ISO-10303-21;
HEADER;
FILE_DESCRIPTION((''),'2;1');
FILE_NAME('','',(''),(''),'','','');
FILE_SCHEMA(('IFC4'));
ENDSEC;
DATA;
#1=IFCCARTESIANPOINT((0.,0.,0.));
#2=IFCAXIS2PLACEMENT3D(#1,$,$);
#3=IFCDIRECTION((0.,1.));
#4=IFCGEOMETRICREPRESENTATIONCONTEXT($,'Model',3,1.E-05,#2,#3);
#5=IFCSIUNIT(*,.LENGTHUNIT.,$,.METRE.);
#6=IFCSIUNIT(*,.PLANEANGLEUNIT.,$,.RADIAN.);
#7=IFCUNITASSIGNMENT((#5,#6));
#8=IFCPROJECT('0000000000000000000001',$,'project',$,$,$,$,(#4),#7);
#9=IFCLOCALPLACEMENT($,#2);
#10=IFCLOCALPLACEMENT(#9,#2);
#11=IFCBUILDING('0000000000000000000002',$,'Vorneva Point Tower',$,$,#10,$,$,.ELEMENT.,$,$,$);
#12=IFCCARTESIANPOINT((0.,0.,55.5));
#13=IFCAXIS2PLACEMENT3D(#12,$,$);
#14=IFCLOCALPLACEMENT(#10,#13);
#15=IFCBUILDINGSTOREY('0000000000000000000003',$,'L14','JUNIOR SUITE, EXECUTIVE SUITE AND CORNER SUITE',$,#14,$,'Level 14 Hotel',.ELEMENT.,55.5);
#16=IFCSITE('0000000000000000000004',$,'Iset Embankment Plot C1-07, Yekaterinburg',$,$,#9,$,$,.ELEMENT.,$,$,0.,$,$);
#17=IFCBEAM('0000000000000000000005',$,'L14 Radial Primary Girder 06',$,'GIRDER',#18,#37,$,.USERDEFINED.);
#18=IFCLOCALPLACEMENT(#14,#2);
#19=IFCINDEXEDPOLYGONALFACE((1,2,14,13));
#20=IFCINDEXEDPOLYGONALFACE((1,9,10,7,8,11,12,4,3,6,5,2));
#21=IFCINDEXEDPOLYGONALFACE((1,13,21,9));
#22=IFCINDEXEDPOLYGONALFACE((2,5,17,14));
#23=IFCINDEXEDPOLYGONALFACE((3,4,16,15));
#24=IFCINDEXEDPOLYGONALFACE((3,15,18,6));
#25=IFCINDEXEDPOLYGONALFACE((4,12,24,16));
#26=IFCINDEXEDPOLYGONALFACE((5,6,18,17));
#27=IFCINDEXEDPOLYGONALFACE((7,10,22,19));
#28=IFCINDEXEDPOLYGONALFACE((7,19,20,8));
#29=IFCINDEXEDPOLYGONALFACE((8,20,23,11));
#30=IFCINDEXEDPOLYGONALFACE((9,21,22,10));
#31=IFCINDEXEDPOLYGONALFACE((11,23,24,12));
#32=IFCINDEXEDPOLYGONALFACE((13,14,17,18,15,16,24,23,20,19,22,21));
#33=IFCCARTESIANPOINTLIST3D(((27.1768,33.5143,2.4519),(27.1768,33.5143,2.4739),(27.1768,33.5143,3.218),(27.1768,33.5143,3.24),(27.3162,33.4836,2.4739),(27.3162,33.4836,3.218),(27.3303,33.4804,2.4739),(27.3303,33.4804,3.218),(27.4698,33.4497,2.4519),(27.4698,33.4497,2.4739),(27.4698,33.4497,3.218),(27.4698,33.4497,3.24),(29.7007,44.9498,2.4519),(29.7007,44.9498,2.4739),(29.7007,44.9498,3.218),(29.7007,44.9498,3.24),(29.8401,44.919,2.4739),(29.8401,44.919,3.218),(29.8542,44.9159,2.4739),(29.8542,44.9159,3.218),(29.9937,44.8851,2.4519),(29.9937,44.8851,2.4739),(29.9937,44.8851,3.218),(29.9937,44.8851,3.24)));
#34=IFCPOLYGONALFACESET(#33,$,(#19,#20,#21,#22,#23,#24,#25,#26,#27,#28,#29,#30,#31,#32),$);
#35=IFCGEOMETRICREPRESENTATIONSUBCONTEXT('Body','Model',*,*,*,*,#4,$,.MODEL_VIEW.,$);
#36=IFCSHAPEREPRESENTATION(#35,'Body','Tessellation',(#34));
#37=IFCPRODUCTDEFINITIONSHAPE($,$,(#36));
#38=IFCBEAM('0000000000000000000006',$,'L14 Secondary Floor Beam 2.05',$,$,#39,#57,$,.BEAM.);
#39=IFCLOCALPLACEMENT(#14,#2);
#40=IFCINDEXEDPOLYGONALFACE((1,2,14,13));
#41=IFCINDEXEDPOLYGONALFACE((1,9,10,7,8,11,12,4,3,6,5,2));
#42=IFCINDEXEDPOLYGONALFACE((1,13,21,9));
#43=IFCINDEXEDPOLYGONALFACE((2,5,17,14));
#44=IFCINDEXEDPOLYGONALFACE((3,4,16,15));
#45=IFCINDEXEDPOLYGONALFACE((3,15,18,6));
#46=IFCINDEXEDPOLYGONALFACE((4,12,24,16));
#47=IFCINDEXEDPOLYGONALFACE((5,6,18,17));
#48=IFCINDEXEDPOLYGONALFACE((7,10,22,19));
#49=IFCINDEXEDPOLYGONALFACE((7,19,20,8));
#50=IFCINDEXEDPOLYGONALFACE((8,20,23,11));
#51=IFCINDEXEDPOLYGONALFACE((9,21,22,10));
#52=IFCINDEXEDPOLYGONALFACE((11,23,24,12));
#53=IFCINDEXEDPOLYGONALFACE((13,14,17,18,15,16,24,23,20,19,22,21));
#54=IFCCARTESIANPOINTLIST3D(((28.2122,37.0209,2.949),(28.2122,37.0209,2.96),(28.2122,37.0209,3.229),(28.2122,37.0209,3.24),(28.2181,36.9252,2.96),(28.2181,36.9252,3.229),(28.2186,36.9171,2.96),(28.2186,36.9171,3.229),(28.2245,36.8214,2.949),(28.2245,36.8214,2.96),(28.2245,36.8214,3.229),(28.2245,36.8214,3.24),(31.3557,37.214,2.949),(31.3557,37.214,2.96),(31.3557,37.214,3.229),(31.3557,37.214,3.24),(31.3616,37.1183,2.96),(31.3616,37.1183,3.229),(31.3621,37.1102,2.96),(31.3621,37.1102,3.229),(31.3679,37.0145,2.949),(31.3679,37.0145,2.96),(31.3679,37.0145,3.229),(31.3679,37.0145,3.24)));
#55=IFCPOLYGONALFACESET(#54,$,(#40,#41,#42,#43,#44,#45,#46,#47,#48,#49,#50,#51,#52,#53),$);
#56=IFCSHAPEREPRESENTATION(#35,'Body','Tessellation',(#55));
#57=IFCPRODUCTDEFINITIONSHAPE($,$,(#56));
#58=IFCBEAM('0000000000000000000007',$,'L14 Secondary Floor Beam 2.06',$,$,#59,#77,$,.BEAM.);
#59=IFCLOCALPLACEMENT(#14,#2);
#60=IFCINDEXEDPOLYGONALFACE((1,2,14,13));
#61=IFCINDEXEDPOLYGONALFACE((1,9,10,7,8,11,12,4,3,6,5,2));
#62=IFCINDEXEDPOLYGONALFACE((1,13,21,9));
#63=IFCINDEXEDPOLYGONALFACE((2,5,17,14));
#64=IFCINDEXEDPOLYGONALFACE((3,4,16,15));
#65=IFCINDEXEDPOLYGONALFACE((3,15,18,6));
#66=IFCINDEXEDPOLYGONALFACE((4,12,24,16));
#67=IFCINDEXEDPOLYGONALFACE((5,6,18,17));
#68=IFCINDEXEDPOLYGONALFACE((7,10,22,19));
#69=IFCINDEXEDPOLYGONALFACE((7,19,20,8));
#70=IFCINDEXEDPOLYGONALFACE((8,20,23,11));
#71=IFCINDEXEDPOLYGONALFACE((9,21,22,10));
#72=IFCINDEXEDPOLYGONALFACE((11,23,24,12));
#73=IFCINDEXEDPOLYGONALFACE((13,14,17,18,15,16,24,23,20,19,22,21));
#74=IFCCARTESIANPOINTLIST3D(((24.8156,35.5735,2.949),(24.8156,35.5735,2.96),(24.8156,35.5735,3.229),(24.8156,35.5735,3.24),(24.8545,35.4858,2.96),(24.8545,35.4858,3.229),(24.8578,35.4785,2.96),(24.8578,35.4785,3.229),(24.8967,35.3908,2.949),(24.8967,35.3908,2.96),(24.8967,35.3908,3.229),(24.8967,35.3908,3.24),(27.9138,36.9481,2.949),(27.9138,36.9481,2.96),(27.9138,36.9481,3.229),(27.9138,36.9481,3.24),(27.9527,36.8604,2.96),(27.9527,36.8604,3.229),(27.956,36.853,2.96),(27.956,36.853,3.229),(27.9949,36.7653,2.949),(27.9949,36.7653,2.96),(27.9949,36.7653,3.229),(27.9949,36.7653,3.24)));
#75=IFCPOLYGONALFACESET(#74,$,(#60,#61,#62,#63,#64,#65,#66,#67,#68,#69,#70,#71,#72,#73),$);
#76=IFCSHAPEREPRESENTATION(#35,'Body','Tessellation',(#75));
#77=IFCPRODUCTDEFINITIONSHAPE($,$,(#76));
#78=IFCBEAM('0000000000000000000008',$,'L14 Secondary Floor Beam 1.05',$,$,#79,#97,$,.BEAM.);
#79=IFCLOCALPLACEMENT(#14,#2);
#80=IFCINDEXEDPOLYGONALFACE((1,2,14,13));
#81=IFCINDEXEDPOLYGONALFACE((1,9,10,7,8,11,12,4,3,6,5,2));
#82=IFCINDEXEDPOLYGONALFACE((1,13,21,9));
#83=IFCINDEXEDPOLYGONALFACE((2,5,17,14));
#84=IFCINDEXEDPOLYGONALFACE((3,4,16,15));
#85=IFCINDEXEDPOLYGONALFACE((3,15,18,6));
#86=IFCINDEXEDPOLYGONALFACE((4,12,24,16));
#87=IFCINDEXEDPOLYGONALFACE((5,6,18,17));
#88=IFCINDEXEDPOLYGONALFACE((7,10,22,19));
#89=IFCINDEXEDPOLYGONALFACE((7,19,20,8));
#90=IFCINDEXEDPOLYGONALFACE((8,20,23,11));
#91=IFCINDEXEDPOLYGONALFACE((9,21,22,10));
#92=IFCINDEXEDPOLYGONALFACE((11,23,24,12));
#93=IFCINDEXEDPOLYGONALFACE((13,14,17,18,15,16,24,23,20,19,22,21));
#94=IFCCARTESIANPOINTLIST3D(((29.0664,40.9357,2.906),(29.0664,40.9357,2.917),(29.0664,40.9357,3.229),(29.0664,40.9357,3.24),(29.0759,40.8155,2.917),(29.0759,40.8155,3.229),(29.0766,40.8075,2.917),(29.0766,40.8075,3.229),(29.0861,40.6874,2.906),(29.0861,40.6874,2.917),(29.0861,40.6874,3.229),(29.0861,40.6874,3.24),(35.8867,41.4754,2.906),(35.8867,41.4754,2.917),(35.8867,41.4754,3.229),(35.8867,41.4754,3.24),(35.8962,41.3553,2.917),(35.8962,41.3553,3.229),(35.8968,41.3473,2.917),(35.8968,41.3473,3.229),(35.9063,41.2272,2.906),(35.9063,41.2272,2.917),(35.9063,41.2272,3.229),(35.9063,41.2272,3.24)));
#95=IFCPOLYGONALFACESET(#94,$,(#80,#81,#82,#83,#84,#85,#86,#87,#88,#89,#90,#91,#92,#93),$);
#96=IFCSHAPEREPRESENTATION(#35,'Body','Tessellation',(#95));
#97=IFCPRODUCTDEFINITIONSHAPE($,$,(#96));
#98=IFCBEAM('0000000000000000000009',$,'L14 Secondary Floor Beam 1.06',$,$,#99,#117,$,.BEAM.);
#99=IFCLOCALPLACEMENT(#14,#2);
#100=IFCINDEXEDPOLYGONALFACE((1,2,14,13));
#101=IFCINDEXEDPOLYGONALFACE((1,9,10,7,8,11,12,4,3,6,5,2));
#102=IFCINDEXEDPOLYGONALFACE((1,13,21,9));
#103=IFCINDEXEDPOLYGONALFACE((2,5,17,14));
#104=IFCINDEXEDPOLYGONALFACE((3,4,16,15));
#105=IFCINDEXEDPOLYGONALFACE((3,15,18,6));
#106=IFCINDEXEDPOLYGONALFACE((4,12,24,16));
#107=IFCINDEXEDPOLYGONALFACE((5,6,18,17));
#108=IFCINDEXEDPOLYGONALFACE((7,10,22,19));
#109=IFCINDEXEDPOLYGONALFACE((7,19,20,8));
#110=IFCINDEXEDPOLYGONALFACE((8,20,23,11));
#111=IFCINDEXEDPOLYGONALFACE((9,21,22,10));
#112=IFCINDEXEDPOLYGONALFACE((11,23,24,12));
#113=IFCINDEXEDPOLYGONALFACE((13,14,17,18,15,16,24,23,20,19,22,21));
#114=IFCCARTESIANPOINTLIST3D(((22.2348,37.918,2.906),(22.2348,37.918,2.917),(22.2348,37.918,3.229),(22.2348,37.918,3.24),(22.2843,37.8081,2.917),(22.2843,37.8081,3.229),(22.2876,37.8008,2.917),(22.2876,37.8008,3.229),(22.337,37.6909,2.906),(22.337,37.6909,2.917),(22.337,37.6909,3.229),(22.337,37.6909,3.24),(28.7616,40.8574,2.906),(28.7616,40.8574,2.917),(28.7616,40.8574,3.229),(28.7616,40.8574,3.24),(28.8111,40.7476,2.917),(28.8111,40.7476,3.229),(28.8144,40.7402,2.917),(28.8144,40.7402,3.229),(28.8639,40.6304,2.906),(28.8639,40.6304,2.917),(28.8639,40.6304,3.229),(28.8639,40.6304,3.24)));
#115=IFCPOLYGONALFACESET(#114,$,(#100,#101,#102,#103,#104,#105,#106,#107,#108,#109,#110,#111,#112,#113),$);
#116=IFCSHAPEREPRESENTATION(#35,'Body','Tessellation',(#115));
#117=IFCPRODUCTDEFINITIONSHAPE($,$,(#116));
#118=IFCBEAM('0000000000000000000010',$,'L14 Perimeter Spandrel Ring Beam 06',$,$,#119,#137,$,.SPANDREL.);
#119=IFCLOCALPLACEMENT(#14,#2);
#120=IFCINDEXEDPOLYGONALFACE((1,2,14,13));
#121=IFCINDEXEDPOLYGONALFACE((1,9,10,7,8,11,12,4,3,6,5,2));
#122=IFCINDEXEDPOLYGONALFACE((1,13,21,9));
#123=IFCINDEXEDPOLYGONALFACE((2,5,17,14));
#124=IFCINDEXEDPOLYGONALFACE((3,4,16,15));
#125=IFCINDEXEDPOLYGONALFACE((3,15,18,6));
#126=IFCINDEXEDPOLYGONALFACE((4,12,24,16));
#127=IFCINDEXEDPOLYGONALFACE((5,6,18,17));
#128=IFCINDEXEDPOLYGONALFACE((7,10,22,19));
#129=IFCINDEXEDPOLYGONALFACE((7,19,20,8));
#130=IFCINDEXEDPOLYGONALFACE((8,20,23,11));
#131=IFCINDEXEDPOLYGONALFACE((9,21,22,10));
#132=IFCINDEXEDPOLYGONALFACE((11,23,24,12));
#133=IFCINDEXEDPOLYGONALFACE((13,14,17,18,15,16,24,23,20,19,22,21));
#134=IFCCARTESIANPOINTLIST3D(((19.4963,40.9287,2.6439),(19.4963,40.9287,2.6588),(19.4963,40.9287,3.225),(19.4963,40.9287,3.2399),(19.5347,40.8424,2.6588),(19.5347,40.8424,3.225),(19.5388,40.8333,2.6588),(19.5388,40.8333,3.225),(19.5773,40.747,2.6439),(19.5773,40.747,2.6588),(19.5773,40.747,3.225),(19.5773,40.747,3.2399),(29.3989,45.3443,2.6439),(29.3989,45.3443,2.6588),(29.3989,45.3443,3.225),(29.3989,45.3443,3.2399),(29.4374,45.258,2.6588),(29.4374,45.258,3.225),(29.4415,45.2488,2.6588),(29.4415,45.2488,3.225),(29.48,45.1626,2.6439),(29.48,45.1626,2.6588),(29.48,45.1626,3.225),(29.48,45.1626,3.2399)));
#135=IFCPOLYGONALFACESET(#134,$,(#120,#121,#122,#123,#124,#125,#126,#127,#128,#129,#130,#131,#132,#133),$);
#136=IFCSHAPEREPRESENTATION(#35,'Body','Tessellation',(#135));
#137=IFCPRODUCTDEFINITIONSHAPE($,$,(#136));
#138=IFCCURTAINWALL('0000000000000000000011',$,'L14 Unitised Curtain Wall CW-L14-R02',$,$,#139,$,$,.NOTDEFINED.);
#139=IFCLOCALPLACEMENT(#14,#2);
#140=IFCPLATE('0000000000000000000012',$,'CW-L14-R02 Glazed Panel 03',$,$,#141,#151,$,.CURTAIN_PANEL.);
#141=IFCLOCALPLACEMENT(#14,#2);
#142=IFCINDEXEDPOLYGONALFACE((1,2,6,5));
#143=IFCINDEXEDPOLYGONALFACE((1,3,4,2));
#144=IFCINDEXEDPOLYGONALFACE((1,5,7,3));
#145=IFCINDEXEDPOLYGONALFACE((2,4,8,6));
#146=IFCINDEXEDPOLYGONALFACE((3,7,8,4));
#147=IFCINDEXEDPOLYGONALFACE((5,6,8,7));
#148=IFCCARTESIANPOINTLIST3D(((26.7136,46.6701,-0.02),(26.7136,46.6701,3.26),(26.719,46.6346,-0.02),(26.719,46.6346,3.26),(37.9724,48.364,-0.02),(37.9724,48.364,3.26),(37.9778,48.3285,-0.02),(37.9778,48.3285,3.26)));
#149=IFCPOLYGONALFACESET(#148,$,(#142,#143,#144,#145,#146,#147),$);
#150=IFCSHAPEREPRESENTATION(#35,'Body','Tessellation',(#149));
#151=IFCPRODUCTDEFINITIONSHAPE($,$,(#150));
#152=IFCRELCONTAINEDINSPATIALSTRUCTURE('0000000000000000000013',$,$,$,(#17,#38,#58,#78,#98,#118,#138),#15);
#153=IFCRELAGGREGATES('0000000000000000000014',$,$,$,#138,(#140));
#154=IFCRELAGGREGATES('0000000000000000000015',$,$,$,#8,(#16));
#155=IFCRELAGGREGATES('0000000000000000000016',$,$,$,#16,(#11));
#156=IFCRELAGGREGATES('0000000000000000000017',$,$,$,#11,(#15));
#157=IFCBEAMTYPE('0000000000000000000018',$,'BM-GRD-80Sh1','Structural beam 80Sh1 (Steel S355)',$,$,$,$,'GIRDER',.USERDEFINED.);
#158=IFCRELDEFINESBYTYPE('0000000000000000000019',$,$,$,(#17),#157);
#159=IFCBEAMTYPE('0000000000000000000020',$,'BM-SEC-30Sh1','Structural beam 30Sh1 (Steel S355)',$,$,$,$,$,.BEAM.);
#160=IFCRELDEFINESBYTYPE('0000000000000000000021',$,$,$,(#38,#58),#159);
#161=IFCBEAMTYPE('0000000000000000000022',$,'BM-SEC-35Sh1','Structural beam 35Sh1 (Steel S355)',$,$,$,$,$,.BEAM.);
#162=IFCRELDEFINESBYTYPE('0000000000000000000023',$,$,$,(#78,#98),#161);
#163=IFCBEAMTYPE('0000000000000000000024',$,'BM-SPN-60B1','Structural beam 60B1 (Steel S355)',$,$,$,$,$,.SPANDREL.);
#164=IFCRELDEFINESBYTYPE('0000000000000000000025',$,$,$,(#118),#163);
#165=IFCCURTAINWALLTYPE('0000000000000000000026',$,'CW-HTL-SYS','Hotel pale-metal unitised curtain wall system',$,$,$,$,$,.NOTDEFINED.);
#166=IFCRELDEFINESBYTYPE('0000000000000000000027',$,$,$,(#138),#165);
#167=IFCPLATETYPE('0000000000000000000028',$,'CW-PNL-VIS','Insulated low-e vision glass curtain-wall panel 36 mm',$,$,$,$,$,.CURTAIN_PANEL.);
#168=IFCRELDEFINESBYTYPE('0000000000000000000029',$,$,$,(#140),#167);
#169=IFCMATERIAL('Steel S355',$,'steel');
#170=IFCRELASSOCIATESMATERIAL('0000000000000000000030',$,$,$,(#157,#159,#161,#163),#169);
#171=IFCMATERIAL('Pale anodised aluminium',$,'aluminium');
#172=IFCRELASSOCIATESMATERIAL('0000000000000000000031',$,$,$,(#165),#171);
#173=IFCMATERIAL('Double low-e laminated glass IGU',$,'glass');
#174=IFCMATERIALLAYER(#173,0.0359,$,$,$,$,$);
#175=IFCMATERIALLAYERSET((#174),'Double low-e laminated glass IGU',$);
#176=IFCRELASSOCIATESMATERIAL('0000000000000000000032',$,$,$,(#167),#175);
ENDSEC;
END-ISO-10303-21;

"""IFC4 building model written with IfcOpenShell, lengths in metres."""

from ifc_helpers import new_model, si_unit, direction, frame, origin, origin_2d, place, context, subcontext, project, spatial, rectangle, i_section, extrude, material, layer, layer_set, material_profile, profile_set, type_object, element, aggregate, save


model = new_model("IFC4")

# Units and contexts
model_context = context("Model", 3, precision=1e-05, world=origin(), true_north=direction((0.0, 1.0)))
body_context = subcontext(model_context, "Body", "Model", "MODEL_VIEW")
ifc_project = project(units=[si_unit("LENGTHUNIT", "METRE"), si_unit("PLANEANGLEUNIT", "RADIAN")], contexts=[model_context])

# Site, building, storey
site_placement = place(None, origin())
site = spatial("IfcSite", under=ifc_project, at=site_placement, Name="Iset Embankment Plot C1-07, Yekaterinburg", CompositionType="ELEMENT", RefElevation=0.0)
building_placement = place(site_placement, origin())
building = spatial("IfcBuilding", under=site, at=building_placement, Name="Vorneva Point Tower", CompositionType="ELEMENT")
storey_placement = place(building_placement, frame((0.0, 0.0, 55.5)))
storey = spatial("IfcBuildingStorey", under=building, at=storey_placement, Name="L14", Description="JUNIOR SUITE, EXECUTIVE SUITE AND CORNER SUITE", LongName="Level 14 Hotel", CompositionType="ELEMENT", Elevation=55.5)

# Beams
ifc_material_1 = material(Name="Steel S355", Category="steel")
ifc_material_profile_1 = material_profile(ifc_material_1, i_section(OverallWidth=0.3, OverallDepth=0.7881, WebThickness=0.0144, FlangeThickness=0.022, at=origin_2d()), Name="80Sh1")
ifc_profile_set_1 = profile_set([ifc_material_profile_1], Name="Steel S355")
beam_type_1 = type_object("IfcBeamType", Name="BM-GRD-80Sh1", Description="Structural beam 80Sh1 (Steel S355)", ElementType="GIRDER", PredefinedType="USERDEFINED", material=ifc_profile_set_1)
beam_1_placement = place(storey_placement, frame((29.8472, 44.9175, 2.8459), z_axis=(-0.215522, -0.976499, 0.0), x_axis=(0.976499, -0.215522, 0.0)))
element("IfcBeam", 1, at=beam_1_placement, inside=storey, type_object=beam_type_1, Name="L14 Radial Primary Girder 06", ObjectType="GIRDER", PredefinedType="USERDEFINED", context=body_context, shape_type="SweptSolid", body=[
    extrude(i_section(OverallWidth=0.3, OverallDepth=0.7881, WebThickness=0.0144, FlangeThickness=0.022, at=origin_2d()), origin(), (0.0, 0.0, 1.0), 11.7107),
])
ifc_material_profile_2 = material_profile(ifc_material_1, i_section(OverallWidth=0.2, OverallDepth=0.291, WebThickness=0.0081, FlangeThickness=0.011, at=origin_2d()), Name="30Sh1")
ifc_profile_set_2 = profile_set([ifc_material_profile_2], Name="Steel S355")
beam_type_2 = type_object("IfcBeamType", Name="BM-SEC-30Sh1", Description="Structural beam 30Sh1 (Steel S355)", PredefinedType="BEAM", material=ifc_profile_set_2)
beam_2_placement = place(storey_placement, frame((31.3618, 37.1143, 3.0945), z_axis=(-0.998118, -0.061317, 0.0), x_axis=(0.061317, -0.998118, 0.0)))
element("IfcBeam", 2, at=beam_2_placement, inside=storey, type_object=beam_type_2, Name="L14 Secondary Floor Beam 2.05", PredefinedType="BEAM", context=body_context, shape_type="SweptSolid", body=[
    extrude(i_section(OverallWidth=0.2, OverallDepth=0.291, WebThickness=0.0081, FlangeThickness=0.011, at=origin_2d()), origin(), (0.0, 0.0, 1.0), 3.1494),
])
beam_3_placement = place(storey_placement, frame((27.9543, 36.8567, 3.0945), z_axis=(-0.914079, -0.405537, 0.0), x_axis=(0.405537, -0.914079, 0.0)))
element("IfcBeam", 3, at=beam_3_placement, inside=storey, type_object=beam_type_2, Name="L14 Secondary Floor Beam 2.06", PredefinedType="BEAM", context=body_context, shape_type="SweptSolid", body=[
    extrude(i_section(OverallWidth=0.2, OverallDepth=0.291, WebThickness=0.0081, FlangeThickness=0.011, at=origin_2d()), origin(), (0.0, 0.0, 1.0), 3.3894),
])
ifc_material_profile_3 = material_profile(ifc_material_1, i_section(OverallWidth=0.249, OverallDepth=0.334, WebThickness=0.0081, FlangeThickness=0.011, at=origin_2d()), Name="35Sh1")
ifc_profile_set_3 = profile_set([ifc_material_profile_3], Name="Steel S355")
beam_type_3 = type_object("IfcBeamType", Name="BM-SEC-35Sh1", Description="Structural beam 35Sh1 (Steel S355)", PredefinedType="BEAM", material=ifc_profile_set_3)
beam_4_placement = place(storey_placement, frame((35.8965, 41.3513, 3.073), z_axis=(-0.996883, -0.078898, 0.0), x_axis=(0.078898, -0.996883, 0.0)))
element("IfcBeam", 4, at=beam_4_placement, inside=storey, type_object=beam_type_3, Name="L14 Secondary Floor Beam 1.05", PredefinedType="BEAM", context=body_context, shape_type="SweptSolid", body=[
    extrude(i_section(OverallWidth=0.249, OverallDepth=0.334, WebThickness=0.0081, FlangeThickness=0.011, at=origin_2d()), origin(), (0.0, 0.0, 1.0), 6.8416),
])
beam_5_placement = place(storey_placement, frame((28.8127, 40.7439, 3.073), z_axis=(-0.911798, -0.41064, 0.0), x_axis=(0.41064, -0.911798, 0.0)))
element("IfcBeam", 5, at=beam_5_placement, inside=storey, type_object=beam_type_3, Name="L14 Secondary Floor Beam 1.06", PredefinedType="BEAM", context=body_context, shape_type="SweptSolid", body=[
    extrude(i_section(OverallWidth=0.249, OverallDepth=0.334, WebThickness=0.0081, FlangeThickness=0.011, at=origin_2d()), origin(), (0.0, 0.0, 1.0), 7.1582),
])
ifc_material_profile_4 = material_profile(ifc_material_1, i_section(OverallWidth=0.199, OverallDepth=0.5959, WebThickness=0.01, FlangeThickness=0.0149, at=origin_2d()), Name="60B1")
ifc_profile_set_4 = profile_set([ifc_material_profile_4], Name="Steel S355")
beam_type_4 = type_object("IfcBeamType", Name="BM-SPN-60B1", Description="Structural beam 60B1 (Steel S355)", PredefinedType="SPANDREL", material=ifc_profile_set_4)
beam_6_placement = place(storey_placement, frame((29.4395, 45.2534, 2.9419), z_axis=(-0.913319, -0.407245, 0.0), x_axis=(0.407245, -0.913319, 0.0)))
element("IfcBeam", 6, at=beam_6_placement, inside=storey, type_object=beam_type_4, Name="L14 Perimeter Spandrel Ring Beam 06", PredefinedType="SPANDREL", context=body_context, shape_type="SweptSolid", body=[
    extrude(i_section(OverallWidth=0.199, OverallDepth=0.5959, WebThickness=0.01, FlangeThickness=0.0149, at=origin_2d()), origin(), (0.0, 0.0, 1.0), 10.8425),
])

# Curtain wall, plate
ifc_material_2 = material(Name="Pale anodised aluminium", Category="aluminium")
curtain_wall_type = type_object("IfcCurtainWallType", Name="CW-HTL-SYS", Description="Hotel pale-metal unitised curtain wall system", PredefinedType="NOTDEFINED", material=ifc_material_2)
curtain_wall_placement = place(storey_placement, origin())
curtain_wall = element("IfcCurtainWall", 7, at=curtain_wall_placement, inside=storey, type_object=curtain_wall_type, Name="L14 Unitised Curtain Wall CW-L14-R02", PredefinedType="NOTDEFINED")
ifc_material_3 = material(Name="Double low-e laminated glass IGU", Category="glass")
ifc_layer_1 = layer(ifc_material_3, 0.0359)
ifc_layer_set_1 = layer_set([ifc_layer_1], Name="Double low-e laminated glass IGU")
plate_type = type_object("IfcPlateType", Name="CW-PNL-VIS", Description="Insulated low-e vision glass curtain-wall panel 36 mm", PredefinedType="CURTAIN_PANEL", material=ifc_layer_set_1)
plate_placement = place(storey_placement, frame((32.3457, 47.4993, -0.02), z_axis=(0.0, 0.0, 1.0), x_axis=(-0.988871, -0.148776, 0.0)))
plate = element("IfcPlate", 8, at=plate_placement, type_object=plate_type, Name="CW-L14-R02 Glazed Panel 03", PredefinedType="CURTAIN_PANEL", context=body_context, shape_type="SweptSolid", body=[
    extrude(rectangle(XDim=11.3855, YDim=0.0359, at=origin_2d()), origin(), (0.0, 0.0, 1.0), 3.28),
])
aggregate(curtain_wall, [plate])

save(model, "model.ifc")
